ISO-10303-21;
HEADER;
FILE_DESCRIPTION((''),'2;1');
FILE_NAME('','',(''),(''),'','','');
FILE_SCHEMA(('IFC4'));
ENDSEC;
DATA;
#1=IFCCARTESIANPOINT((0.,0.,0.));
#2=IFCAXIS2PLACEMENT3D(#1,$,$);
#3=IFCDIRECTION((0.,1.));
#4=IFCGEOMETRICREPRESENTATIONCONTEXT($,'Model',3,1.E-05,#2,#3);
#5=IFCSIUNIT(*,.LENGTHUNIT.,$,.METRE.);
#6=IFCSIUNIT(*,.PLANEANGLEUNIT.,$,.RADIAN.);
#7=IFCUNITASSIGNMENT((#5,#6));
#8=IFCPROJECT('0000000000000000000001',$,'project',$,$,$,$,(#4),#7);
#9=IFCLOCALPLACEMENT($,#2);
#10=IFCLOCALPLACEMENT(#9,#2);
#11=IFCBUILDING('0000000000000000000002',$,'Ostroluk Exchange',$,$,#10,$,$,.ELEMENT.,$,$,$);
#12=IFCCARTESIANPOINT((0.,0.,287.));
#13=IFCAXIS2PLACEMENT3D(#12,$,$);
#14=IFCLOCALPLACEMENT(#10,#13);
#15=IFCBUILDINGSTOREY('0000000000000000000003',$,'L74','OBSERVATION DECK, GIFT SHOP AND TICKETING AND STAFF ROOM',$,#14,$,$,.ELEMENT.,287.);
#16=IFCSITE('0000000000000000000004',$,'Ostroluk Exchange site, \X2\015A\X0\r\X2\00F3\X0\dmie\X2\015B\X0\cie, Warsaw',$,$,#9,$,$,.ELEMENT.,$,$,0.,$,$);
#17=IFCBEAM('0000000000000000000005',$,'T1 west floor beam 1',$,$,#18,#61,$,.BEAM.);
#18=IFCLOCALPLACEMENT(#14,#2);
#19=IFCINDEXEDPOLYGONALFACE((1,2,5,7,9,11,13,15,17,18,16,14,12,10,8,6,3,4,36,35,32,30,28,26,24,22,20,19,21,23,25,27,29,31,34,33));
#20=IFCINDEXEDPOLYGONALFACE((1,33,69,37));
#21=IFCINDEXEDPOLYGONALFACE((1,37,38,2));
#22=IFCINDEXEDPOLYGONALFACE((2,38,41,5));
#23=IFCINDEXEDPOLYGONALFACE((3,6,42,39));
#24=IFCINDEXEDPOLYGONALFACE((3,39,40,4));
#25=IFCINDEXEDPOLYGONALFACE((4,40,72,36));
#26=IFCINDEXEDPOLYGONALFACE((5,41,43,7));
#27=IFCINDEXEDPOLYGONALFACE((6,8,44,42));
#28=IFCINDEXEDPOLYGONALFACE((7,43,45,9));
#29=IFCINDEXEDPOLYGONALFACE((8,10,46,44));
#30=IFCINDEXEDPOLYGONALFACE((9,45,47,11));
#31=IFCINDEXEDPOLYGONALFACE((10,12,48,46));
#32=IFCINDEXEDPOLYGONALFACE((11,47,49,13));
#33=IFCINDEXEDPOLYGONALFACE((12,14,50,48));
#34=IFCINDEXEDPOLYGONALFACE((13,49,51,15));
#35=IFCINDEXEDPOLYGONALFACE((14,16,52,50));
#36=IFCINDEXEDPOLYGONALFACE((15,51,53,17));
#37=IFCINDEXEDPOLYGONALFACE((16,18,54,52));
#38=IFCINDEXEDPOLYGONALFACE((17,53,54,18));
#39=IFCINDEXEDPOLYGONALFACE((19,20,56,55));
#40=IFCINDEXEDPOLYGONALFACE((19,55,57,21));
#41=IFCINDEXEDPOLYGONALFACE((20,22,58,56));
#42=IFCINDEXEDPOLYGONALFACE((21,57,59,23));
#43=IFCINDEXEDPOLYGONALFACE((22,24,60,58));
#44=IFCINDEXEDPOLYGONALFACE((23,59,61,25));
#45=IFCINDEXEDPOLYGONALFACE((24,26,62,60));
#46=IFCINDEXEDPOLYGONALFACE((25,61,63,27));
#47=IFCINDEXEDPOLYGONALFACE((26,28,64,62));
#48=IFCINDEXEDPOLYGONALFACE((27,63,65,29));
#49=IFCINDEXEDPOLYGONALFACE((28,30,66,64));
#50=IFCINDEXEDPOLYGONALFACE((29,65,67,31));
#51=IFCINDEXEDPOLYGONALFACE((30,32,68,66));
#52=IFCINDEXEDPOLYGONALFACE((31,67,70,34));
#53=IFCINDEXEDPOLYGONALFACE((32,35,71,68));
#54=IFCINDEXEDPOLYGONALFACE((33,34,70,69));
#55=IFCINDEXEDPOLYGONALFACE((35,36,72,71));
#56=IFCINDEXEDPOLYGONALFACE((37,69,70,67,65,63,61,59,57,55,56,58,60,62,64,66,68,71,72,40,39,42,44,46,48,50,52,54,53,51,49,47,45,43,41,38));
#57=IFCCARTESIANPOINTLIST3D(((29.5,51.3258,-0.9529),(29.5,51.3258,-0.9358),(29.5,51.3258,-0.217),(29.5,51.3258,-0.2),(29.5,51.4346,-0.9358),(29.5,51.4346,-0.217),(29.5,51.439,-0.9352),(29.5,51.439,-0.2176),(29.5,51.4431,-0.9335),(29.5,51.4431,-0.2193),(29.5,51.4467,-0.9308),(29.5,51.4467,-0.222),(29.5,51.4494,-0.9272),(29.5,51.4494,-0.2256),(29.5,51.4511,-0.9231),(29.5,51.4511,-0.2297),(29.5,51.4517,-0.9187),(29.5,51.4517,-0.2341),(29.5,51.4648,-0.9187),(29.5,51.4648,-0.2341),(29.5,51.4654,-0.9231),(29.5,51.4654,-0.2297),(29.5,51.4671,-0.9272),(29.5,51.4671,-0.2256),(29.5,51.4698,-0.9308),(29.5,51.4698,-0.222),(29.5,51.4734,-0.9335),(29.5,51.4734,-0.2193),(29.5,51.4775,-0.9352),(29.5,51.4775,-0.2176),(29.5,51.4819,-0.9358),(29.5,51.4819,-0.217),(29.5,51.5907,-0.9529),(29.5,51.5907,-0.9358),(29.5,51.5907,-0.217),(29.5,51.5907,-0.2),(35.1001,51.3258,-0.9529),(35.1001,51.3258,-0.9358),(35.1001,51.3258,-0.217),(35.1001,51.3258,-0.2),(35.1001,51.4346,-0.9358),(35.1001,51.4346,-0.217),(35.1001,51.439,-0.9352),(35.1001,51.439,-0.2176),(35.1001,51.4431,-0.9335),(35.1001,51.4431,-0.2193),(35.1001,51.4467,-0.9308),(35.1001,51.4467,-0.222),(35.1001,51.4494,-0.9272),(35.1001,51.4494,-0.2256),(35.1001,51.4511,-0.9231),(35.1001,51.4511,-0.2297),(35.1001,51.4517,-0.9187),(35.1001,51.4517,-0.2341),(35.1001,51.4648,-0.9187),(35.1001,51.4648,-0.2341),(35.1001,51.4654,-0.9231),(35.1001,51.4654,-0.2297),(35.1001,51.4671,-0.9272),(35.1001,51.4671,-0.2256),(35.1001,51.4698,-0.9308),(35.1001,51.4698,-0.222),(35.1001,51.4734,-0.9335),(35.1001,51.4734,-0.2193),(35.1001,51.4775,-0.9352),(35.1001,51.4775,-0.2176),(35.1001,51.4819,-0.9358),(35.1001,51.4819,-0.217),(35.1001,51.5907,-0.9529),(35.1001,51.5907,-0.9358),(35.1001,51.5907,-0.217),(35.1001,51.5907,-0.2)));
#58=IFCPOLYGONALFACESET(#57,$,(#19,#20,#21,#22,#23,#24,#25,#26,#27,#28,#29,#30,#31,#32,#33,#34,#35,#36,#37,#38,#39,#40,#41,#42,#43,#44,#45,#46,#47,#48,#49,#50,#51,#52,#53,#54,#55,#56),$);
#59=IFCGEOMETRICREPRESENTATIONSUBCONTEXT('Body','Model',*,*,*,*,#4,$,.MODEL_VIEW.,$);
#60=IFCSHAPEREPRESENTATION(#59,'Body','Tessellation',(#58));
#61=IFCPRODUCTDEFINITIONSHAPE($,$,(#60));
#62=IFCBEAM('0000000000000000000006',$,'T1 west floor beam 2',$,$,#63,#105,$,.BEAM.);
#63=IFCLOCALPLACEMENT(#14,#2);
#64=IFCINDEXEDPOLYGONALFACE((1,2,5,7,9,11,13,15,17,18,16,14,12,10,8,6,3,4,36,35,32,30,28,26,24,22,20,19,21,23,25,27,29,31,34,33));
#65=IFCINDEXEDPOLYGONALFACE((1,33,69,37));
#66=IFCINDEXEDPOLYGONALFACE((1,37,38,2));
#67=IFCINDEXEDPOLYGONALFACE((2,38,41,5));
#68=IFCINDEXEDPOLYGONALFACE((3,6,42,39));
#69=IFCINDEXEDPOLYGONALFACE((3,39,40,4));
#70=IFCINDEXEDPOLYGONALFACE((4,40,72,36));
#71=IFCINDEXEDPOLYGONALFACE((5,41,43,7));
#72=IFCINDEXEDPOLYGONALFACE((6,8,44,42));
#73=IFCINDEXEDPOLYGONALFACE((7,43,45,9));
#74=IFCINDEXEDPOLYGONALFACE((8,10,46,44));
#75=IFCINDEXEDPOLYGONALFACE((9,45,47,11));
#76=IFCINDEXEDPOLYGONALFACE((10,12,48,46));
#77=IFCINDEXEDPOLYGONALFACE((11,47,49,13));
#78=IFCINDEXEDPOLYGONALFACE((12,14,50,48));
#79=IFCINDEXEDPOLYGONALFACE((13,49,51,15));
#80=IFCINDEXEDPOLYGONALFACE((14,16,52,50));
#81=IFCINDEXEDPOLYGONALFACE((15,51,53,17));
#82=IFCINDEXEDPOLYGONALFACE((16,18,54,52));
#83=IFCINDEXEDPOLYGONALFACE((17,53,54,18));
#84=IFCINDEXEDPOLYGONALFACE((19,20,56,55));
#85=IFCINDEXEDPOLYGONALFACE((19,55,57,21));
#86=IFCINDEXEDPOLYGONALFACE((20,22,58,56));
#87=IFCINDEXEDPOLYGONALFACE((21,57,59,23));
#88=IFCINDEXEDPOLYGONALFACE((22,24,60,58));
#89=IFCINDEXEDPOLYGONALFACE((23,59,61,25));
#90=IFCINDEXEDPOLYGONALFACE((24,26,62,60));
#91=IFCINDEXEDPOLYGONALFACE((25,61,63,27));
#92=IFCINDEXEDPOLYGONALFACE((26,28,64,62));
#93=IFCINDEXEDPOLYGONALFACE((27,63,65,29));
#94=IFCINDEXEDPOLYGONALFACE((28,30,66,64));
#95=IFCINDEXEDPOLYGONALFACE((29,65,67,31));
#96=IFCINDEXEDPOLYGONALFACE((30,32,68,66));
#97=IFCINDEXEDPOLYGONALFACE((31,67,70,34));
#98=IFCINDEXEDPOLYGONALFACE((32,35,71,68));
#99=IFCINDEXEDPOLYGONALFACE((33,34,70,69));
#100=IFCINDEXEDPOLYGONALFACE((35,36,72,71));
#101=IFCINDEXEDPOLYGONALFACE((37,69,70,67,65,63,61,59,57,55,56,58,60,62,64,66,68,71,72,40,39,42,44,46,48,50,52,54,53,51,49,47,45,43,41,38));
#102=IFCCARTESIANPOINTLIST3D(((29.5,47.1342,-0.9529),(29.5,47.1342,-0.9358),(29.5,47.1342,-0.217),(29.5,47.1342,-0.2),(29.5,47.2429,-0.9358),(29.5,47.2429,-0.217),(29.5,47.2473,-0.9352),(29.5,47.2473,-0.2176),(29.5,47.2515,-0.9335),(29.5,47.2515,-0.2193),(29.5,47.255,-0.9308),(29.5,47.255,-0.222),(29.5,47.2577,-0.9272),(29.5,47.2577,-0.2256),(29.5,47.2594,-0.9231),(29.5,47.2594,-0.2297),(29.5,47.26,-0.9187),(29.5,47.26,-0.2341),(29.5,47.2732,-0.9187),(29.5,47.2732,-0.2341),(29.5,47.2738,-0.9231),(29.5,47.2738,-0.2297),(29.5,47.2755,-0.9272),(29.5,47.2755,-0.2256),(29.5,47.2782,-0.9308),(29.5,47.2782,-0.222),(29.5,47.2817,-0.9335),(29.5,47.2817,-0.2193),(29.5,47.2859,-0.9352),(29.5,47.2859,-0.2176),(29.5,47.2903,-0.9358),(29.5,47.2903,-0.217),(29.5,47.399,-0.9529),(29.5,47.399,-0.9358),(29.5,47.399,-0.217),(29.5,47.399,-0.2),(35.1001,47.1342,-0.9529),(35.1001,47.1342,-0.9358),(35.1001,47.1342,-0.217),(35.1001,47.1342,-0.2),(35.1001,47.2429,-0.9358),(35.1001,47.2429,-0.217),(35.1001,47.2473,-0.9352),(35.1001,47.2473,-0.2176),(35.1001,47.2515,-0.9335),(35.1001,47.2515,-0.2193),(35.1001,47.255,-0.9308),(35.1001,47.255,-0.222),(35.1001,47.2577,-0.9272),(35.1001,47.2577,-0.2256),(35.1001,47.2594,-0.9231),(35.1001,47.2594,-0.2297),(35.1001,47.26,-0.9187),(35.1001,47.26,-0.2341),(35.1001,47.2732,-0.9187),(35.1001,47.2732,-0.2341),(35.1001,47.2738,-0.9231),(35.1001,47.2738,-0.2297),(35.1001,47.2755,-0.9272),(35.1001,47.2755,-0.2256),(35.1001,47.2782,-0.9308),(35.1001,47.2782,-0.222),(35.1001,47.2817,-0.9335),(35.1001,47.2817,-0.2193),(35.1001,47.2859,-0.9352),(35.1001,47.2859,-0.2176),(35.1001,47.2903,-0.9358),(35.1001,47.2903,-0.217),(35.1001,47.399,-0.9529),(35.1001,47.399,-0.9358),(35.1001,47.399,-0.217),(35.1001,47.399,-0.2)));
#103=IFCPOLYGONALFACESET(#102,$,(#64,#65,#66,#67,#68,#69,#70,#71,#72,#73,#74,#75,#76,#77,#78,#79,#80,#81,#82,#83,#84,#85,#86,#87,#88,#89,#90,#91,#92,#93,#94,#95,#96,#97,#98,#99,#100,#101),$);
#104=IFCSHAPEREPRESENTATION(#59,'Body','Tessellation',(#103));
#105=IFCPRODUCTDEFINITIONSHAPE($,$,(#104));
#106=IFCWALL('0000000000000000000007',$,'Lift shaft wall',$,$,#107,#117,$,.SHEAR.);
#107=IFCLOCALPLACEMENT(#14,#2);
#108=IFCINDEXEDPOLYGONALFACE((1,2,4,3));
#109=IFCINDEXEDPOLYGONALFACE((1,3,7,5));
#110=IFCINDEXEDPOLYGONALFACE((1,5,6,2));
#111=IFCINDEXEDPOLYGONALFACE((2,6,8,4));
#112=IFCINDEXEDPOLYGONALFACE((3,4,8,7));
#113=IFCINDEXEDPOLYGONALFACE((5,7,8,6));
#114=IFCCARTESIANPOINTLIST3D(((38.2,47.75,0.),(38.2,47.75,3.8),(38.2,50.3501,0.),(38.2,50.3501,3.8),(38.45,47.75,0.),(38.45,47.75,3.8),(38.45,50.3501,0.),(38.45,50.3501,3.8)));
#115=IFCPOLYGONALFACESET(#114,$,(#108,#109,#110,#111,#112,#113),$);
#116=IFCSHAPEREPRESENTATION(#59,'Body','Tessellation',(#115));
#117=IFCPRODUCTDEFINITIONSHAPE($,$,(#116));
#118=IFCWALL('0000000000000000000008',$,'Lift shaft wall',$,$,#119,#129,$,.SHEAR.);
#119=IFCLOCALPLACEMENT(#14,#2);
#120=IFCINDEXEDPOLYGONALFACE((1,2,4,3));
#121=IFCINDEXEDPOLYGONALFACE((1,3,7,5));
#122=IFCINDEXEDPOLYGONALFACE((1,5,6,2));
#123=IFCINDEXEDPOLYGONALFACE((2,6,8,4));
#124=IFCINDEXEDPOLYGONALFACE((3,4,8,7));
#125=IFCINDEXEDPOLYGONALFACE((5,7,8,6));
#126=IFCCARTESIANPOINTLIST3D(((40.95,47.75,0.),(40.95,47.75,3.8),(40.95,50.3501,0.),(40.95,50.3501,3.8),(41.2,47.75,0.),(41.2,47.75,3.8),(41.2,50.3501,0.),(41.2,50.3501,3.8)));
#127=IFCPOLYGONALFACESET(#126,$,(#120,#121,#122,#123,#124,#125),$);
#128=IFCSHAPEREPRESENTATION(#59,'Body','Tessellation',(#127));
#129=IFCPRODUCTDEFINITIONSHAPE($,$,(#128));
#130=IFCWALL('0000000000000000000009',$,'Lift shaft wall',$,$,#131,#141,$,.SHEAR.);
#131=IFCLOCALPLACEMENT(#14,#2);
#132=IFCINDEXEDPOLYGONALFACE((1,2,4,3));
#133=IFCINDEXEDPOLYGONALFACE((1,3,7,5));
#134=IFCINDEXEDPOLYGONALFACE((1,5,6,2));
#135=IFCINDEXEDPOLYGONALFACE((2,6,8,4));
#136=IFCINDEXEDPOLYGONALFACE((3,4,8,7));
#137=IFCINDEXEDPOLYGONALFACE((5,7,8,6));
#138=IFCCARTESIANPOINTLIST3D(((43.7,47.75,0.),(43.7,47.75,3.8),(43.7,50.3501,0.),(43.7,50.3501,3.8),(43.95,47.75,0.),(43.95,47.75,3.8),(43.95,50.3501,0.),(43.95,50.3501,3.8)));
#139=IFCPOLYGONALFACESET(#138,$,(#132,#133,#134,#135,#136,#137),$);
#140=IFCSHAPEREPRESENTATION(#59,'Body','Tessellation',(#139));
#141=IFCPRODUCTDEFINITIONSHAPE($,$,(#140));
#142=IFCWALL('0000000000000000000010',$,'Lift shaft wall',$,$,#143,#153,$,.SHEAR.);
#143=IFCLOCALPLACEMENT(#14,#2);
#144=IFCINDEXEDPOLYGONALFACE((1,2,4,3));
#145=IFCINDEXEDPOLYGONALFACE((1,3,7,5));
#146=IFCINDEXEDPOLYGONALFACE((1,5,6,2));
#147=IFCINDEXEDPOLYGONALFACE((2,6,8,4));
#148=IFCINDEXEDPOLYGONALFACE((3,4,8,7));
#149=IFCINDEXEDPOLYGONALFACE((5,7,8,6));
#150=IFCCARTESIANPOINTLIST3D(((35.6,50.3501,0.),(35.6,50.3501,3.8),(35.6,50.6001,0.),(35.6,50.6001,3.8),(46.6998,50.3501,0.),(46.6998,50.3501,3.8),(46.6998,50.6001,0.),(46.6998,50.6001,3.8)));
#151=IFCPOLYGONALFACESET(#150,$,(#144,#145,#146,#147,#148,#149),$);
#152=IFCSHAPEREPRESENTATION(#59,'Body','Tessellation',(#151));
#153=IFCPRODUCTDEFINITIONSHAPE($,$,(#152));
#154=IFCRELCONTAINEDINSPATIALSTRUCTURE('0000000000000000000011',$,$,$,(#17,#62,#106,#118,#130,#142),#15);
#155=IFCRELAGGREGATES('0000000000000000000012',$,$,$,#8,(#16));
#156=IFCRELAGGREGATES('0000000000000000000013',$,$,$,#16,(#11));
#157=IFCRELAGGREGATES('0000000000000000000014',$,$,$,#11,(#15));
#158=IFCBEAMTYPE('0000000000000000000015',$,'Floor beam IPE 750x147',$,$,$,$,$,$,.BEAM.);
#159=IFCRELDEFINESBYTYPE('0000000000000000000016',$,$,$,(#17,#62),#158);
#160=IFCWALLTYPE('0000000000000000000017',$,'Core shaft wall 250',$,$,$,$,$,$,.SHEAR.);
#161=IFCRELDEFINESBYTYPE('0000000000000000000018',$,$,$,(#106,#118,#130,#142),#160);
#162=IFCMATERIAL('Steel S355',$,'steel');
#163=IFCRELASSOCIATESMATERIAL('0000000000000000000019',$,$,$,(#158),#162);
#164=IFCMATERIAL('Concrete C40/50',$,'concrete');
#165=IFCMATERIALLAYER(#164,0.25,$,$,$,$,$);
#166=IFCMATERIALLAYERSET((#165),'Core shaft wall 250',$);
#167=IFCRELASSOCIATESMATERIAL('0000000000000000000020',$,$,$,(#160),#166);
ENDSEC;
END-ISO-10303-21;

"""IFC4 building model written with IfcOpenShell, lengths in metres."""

from ifc_helpers import new_model, si_unit, direction, frame, frame_2d, origin, origin_2d, place, context, subcontext, project, spatial, rectangle, i_section, extrude, material, layer, layer_set, material_profile, profile_set, type_object, element, save


model = new_model("IFC4")

# Units and contexts
model_context = context("Model", 3, precision=1e-05, world=origin(), true_north=direction((0.0, 1.0)))
body_context = subcontext(model_context, "Body", "Model", "MODEL_VIEW")
ifc_project = project(units=[si_unit("LENGTHUNIT", "METRE"), si_unit("PLANEANGLEUNIT", "RADIAN")], contexts=[model_context])

# Site, building, storey
site_placement = place(None, origin())
site = spatial("IfcSite", under=ifc_project, at=site_placement, Name="Ostroluk Exchange site, Śródmieście, Warsaw", CompositionType="ELEMENT", RefElevation=0.0)
building_placement = place(site_placement, origin())
building = spatial("IfcBuilding", under=site, at=building_placement, Name="Ostroluk Exchange", CompositionType="ELEMENT")
storey_placement = place(building_placement, frame((0.0, 0.0, 287.0)))
storey = spatial("IfcBuildingStorey", under=building, at=storey_placement, Name="L74", Description="OBSERVATION DECK, GIFT SHOP AND TICKETING AND STAFF ROOM", CompositionType="ELEMENT", Elevation=287.0)

# Beams
ifc_material_1 = material(Name="Steel S355", Category="steel")
ifc_material_profile = material_profile(ifc_material_1, i_section(OverallWidth=0.2649, OverallDepth=0.7529, WebThickness=0.0132, FlangeThickness=0.0171, FilletRadius=0.0171, at=origin_2d()), Name="IPE 750x147")
ifc_profile_set = profile_set([ifc_material_profile], Name="Steel S355")
beam_type = type_object("IfcBeamType", Name="Floor beam IPE 750x147", PredefinedType="BEAM", material=ifc_profile_set)
for number, where, z_axis, x_axis, name in (
    (1, (35.1001, 51.4583, -0.5764), (-1.0, 0.0, 0.0), (0.0, -1.0, 0.0), "T1 west floor beam 1"),
    (2, (35.1001, 47.2666, -0.5764), (-1.0, 0.0, 0.0), (0.0, -1.0, 0.0), "T1 west floor beam 2"),
):
    element("IfcBeam", number, at=place(storey_placement, frame(where, z_axis=z_axis, x_axis=x_axis)), inside=storey, type_object=beam_type, Name=name, PredefinedType="BEAM", context=body_context, shape_type="SweptSolid", body=[
        extrude(i_section(OverallWidth=0.2649, OverallDepth=0.7529, WebThickness=0.0132, FlangeThickness=0.0171, FilletRadius=0.0171, at=origin_2d()), origin(), (0.0, 0.0, 1.0), 5.6001),
    ])

# Walls
ifc_material_2 = material(Name="Concrete C40/50", Category="concrete")
ifc_layer = layer(ifc_material_2, 0.25)
ifc_layer_set = layer_set([ifc_layer], Name="Core shaft wall 250")
wall_type = type_object("IfcWallType", Name="Core shaft wall 250", PredefinedType="SHEAR", material=ifc_layer_set)
for number, where, z_axis, x_axis, name in (
    (3, (38.325, 47.75, 0.0), (0.0, 0.0, 1.0), (0.0, 1.0, 0.0), "Lift shaft wall"),
    (4, (41.075, 47.75, 0.0), (0.0, 0.0, 1.0), (0.0, 1.0, 0.0), "Lift shaft wall"),
    (5, (43.825, 47.75, 0.0), (0.0, 0.0, 1.0), (0.0, 1.0, 0.0), "Lift shaft wall"),
):
    element("IfcWall", number, at=place(storey_placement, frame(where, z_axis=z_axis, x_axis=x_axis)), inside=storey, type_object=wall_type, Name=name, PredefinedType="SHEAR", context=body_context, shape_type="SweptSolid", body=[
        extrude(rectangle(XDim=2.6001, YDim=0.25, at=frame_2d((1.3, 0.0))), origin(), (0.0, 0.0, 1.0), 3.8),
    ])
wall_1_placement = place(storey_placement, frame((35.6001, 50.4751, 0.0), z_axis=(0.0, 0.0, 1.0), x_axis=(1.0, 0.0, 0.0)))
element("IfcWall", 6, at=wall_1_placement, inside=storey, type_object=wall_type, Name="Lift shaft wall", PredefinedType="SHEAR", context=body_context, shape_type="SweptSolid", body=[
    extrude(rectangle(XDim=11.0999, YDim=0.25, at=frame_2d((5.5498, 0.0))), origin(), (0.0, 0.0, 1.0), 3.8),
])

save(model, "model.ifc")
